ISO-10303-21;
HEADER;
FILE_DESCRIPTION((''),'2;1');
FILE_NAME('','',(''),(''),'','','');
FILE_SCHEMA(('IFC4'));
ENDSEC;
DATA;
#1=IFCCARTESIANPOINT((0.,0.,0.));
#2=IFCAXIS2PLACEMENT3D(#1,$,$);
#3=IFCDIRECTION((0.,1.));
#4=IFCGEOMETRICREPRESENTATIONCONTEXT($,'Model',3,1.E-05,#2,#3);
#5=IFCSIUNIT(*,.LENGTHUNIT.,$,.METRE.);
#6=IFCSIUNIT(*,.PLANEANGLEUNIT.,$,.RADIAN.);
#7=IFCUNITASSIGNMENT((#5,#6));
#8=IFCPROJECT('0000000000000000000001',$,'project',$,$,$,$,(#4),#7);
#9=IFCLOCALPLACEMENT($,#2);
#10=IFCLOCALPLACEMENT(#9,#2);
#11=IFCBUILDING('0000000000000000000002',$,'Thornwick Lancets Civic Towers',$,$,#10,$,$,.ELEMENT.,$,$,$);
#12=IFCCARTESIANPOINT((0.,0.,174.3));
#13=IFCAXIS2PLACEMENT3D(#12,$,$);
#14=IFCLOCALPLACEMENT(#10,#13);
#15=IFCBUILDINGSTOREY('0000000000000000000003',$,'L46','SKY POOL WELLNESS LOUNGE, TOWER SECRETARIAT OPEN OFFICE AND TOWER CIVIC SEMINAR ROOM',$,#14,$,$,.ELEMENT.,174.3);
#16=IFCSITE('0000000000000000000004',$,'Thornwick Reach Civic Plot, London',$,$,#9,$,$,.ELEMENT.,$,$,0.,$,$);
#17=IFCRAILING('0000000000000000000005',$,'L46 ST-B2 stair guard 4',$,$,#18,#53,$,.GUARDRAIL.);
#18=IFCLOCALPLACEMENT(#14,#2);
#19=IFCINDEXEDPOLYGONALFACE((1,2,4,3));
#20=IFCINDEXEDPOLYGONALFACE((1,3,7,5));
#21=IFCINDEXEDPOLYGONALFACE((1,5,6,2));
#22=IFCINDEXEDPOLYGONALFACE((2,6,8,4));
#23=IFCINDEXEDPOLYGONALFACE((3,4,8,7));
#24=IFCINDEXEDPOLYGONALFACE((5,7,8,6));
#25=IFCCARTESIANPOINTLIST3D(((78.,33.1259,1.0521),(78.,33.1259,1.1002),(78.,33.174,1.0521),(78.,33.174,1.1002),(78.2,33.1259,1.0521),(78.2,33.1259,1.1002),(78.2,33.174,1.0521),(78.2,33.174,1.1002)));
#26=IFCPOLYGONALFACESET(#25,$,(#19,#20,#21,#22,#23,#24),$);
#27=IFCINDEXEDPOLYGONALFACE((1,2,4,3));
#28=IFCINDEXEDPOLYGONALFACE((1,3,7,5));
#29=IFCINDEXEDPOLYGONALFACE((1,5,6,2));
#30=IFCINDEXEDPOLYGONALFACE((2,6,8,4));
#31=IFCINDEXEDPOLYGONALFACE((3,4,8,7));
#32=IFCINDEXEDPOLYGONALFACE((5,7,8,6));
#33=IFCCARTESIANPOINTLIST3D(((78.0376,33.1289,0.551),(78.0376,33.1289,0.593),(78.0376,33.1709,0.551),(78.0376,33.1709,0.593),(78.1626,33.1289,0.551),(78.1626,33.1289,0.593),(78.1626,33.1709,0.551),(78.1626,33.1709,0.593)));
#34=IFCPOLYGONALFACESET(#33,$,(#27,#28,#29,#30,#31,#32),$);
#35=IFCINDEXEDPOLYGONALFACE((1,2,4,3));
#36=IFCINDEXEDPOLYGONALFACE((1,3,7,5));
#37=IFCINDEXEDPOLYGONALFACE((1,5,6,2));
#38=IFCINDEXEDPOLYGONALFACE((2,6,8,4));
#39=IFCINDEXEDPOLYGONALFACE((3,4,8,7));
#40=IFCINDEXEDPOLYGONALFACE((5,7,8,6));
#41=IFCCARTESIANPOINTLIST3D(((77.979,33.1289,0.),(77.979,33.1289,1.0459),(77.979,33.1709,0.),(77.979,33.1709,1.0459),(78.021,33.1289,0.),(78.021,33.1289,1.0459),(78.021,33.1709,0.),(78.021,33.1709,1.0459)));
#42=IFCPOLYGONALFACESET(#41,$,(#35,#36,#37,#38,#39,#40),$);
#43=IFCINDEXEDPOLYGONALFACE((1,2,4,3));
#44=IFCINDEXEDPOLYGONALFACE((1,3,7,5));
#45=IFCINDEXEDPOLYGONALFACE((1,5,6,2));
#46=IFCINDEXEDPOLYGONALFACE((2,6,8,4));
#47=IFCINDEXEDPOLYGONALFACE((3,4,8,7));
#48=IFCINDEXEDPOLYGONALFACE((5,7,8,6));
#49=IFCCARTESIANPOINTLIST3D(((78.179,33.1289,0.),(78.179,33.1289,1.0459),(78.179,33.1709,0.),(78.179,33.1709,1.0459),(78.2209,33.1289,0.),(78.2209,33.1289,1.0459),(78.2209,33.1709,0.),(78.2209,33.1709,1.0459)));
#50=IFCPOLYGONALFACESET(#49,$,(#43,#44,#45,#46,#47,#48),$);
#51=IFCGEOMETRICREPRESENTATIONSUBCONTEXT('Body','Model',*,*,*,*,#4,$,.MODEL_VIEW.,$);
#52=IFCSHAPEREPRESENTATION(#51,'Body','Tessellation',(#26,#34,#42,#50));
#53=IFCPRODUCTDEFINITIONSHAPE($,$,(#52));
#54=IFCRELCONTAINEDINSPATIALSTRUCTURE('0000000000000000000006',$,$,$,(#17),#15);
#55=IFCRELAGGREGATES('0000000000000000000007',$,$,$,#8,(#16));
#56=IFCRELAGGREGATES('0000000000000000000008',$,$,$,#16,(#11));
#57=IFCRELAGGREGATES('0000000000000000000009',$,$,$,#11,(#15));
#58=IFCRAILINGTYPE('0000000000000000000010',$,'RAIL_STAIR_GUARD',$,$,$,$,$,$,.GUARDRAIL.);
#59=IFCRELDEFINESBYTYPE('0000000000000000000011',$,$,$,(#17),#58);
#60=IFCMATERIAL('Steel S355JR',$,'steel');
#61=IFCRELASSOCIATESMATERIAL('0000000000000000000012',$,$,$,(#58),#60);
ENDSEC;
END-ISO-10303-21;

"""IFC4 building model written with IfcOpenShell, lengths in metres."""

from ifc_helpers import new_model, si_unit, direction, frame, origin, origin_2d, place, context, subcontext, project, spatial, rectangle, extrude, material, type_object, element, save


model = new_model("IFC4")

# Units and contexts
model_context = context("Model", 3, precision=1e-05, world=origin(), true_north=direction((0.0, 1.0)))
body_context = subcontext(model_context, "Body", "Model", "MODEL_VIEW")
ifc_project = project(units=[si_unit("LENGTHUNIT", "METRE"), si_unit("PLANEANGLEUNIT", "RADIAN")], contexts=[model_context])

# Site, building, storey
site_placement = place(None, origin())
site = spatial("IfcSite", under=ifc_project, at=site_placement, Name="Thornwick Reach Civic Plot, London", CompositionType="ELEMENT", RefElevation=0.0)
building_placement = place(site_placement, origin())
building = spatial("IfcBuilding", under=site, at=building_placement, Name="Thornwick Lancets Civic Towers", CompositionType="ELEMENT")
storey_placement = place(building_placement, frame((0.0, 0.0, 174.3)))
storey = spatial("IfcBuildingStorey", under=building, at=storey_placement, Name="L46", Description="SKY POOL WELLNESS LOUNGE, TOWER SECRETARIAT OPEN OFFICE AND TOWER CIVIC SEMINAR ROOM", CompositionType="ELEMENT", Elevation=174.3)

# Railing
ifc_material_1 = material(Name="Steel S355JR", Category="steel")
railing_type_1 = type_object("IfcRailingType", Name="RAIL_STAIR_GUARD", PredefinedType="GUARDRAIL", material=ifc_material_1)
railing_1_placement = place(storey_placement, frame((78.0, 33.1499, 0.0)))
element("IfcRailing", 1, at=railing_1_placement, inside=storey, type_object=railing_type_1, Name="L46 ST-B2 stair guard 4", PredefinedType="GUARDRAIL", context=body_context, shape_type="SweptSolid", body=[
    extrude(rectangle(XDim=0.0481, YDim=0.0481, at=origin_2d()), frame((0.0, 0.0, 1.0762), z_axis=(1.0, 0.0, 0.0), x_axis=(0.0, 1.0, 0.0)), (0.0, 0.0, 1.0), 0.2),
    extrude(rectangle(XDim=0.042, YDim=0.042, at=origin_2d()), frame((0.0376, 0.0, 0.572), z_axis=(1.0, 0.0, 0.0), x_axis=(0.0, 1.0, 0.0)), (0.0, 0.0, 1.0), 0.125),
    extrude(rectangle(XDim=0.042, YDim=0.042, at=origin_2d()), origin(), (0.0, 0.0, 1.0), 1.0459),
    extrude(rectangle(XDim=0.042, YDim=0.042, at=origin_2d()), frame((0.2, 0.0, 0.0)), (0.0, 0.0, 1.0), 1.0459),
])

save(model, "model.ifc")
